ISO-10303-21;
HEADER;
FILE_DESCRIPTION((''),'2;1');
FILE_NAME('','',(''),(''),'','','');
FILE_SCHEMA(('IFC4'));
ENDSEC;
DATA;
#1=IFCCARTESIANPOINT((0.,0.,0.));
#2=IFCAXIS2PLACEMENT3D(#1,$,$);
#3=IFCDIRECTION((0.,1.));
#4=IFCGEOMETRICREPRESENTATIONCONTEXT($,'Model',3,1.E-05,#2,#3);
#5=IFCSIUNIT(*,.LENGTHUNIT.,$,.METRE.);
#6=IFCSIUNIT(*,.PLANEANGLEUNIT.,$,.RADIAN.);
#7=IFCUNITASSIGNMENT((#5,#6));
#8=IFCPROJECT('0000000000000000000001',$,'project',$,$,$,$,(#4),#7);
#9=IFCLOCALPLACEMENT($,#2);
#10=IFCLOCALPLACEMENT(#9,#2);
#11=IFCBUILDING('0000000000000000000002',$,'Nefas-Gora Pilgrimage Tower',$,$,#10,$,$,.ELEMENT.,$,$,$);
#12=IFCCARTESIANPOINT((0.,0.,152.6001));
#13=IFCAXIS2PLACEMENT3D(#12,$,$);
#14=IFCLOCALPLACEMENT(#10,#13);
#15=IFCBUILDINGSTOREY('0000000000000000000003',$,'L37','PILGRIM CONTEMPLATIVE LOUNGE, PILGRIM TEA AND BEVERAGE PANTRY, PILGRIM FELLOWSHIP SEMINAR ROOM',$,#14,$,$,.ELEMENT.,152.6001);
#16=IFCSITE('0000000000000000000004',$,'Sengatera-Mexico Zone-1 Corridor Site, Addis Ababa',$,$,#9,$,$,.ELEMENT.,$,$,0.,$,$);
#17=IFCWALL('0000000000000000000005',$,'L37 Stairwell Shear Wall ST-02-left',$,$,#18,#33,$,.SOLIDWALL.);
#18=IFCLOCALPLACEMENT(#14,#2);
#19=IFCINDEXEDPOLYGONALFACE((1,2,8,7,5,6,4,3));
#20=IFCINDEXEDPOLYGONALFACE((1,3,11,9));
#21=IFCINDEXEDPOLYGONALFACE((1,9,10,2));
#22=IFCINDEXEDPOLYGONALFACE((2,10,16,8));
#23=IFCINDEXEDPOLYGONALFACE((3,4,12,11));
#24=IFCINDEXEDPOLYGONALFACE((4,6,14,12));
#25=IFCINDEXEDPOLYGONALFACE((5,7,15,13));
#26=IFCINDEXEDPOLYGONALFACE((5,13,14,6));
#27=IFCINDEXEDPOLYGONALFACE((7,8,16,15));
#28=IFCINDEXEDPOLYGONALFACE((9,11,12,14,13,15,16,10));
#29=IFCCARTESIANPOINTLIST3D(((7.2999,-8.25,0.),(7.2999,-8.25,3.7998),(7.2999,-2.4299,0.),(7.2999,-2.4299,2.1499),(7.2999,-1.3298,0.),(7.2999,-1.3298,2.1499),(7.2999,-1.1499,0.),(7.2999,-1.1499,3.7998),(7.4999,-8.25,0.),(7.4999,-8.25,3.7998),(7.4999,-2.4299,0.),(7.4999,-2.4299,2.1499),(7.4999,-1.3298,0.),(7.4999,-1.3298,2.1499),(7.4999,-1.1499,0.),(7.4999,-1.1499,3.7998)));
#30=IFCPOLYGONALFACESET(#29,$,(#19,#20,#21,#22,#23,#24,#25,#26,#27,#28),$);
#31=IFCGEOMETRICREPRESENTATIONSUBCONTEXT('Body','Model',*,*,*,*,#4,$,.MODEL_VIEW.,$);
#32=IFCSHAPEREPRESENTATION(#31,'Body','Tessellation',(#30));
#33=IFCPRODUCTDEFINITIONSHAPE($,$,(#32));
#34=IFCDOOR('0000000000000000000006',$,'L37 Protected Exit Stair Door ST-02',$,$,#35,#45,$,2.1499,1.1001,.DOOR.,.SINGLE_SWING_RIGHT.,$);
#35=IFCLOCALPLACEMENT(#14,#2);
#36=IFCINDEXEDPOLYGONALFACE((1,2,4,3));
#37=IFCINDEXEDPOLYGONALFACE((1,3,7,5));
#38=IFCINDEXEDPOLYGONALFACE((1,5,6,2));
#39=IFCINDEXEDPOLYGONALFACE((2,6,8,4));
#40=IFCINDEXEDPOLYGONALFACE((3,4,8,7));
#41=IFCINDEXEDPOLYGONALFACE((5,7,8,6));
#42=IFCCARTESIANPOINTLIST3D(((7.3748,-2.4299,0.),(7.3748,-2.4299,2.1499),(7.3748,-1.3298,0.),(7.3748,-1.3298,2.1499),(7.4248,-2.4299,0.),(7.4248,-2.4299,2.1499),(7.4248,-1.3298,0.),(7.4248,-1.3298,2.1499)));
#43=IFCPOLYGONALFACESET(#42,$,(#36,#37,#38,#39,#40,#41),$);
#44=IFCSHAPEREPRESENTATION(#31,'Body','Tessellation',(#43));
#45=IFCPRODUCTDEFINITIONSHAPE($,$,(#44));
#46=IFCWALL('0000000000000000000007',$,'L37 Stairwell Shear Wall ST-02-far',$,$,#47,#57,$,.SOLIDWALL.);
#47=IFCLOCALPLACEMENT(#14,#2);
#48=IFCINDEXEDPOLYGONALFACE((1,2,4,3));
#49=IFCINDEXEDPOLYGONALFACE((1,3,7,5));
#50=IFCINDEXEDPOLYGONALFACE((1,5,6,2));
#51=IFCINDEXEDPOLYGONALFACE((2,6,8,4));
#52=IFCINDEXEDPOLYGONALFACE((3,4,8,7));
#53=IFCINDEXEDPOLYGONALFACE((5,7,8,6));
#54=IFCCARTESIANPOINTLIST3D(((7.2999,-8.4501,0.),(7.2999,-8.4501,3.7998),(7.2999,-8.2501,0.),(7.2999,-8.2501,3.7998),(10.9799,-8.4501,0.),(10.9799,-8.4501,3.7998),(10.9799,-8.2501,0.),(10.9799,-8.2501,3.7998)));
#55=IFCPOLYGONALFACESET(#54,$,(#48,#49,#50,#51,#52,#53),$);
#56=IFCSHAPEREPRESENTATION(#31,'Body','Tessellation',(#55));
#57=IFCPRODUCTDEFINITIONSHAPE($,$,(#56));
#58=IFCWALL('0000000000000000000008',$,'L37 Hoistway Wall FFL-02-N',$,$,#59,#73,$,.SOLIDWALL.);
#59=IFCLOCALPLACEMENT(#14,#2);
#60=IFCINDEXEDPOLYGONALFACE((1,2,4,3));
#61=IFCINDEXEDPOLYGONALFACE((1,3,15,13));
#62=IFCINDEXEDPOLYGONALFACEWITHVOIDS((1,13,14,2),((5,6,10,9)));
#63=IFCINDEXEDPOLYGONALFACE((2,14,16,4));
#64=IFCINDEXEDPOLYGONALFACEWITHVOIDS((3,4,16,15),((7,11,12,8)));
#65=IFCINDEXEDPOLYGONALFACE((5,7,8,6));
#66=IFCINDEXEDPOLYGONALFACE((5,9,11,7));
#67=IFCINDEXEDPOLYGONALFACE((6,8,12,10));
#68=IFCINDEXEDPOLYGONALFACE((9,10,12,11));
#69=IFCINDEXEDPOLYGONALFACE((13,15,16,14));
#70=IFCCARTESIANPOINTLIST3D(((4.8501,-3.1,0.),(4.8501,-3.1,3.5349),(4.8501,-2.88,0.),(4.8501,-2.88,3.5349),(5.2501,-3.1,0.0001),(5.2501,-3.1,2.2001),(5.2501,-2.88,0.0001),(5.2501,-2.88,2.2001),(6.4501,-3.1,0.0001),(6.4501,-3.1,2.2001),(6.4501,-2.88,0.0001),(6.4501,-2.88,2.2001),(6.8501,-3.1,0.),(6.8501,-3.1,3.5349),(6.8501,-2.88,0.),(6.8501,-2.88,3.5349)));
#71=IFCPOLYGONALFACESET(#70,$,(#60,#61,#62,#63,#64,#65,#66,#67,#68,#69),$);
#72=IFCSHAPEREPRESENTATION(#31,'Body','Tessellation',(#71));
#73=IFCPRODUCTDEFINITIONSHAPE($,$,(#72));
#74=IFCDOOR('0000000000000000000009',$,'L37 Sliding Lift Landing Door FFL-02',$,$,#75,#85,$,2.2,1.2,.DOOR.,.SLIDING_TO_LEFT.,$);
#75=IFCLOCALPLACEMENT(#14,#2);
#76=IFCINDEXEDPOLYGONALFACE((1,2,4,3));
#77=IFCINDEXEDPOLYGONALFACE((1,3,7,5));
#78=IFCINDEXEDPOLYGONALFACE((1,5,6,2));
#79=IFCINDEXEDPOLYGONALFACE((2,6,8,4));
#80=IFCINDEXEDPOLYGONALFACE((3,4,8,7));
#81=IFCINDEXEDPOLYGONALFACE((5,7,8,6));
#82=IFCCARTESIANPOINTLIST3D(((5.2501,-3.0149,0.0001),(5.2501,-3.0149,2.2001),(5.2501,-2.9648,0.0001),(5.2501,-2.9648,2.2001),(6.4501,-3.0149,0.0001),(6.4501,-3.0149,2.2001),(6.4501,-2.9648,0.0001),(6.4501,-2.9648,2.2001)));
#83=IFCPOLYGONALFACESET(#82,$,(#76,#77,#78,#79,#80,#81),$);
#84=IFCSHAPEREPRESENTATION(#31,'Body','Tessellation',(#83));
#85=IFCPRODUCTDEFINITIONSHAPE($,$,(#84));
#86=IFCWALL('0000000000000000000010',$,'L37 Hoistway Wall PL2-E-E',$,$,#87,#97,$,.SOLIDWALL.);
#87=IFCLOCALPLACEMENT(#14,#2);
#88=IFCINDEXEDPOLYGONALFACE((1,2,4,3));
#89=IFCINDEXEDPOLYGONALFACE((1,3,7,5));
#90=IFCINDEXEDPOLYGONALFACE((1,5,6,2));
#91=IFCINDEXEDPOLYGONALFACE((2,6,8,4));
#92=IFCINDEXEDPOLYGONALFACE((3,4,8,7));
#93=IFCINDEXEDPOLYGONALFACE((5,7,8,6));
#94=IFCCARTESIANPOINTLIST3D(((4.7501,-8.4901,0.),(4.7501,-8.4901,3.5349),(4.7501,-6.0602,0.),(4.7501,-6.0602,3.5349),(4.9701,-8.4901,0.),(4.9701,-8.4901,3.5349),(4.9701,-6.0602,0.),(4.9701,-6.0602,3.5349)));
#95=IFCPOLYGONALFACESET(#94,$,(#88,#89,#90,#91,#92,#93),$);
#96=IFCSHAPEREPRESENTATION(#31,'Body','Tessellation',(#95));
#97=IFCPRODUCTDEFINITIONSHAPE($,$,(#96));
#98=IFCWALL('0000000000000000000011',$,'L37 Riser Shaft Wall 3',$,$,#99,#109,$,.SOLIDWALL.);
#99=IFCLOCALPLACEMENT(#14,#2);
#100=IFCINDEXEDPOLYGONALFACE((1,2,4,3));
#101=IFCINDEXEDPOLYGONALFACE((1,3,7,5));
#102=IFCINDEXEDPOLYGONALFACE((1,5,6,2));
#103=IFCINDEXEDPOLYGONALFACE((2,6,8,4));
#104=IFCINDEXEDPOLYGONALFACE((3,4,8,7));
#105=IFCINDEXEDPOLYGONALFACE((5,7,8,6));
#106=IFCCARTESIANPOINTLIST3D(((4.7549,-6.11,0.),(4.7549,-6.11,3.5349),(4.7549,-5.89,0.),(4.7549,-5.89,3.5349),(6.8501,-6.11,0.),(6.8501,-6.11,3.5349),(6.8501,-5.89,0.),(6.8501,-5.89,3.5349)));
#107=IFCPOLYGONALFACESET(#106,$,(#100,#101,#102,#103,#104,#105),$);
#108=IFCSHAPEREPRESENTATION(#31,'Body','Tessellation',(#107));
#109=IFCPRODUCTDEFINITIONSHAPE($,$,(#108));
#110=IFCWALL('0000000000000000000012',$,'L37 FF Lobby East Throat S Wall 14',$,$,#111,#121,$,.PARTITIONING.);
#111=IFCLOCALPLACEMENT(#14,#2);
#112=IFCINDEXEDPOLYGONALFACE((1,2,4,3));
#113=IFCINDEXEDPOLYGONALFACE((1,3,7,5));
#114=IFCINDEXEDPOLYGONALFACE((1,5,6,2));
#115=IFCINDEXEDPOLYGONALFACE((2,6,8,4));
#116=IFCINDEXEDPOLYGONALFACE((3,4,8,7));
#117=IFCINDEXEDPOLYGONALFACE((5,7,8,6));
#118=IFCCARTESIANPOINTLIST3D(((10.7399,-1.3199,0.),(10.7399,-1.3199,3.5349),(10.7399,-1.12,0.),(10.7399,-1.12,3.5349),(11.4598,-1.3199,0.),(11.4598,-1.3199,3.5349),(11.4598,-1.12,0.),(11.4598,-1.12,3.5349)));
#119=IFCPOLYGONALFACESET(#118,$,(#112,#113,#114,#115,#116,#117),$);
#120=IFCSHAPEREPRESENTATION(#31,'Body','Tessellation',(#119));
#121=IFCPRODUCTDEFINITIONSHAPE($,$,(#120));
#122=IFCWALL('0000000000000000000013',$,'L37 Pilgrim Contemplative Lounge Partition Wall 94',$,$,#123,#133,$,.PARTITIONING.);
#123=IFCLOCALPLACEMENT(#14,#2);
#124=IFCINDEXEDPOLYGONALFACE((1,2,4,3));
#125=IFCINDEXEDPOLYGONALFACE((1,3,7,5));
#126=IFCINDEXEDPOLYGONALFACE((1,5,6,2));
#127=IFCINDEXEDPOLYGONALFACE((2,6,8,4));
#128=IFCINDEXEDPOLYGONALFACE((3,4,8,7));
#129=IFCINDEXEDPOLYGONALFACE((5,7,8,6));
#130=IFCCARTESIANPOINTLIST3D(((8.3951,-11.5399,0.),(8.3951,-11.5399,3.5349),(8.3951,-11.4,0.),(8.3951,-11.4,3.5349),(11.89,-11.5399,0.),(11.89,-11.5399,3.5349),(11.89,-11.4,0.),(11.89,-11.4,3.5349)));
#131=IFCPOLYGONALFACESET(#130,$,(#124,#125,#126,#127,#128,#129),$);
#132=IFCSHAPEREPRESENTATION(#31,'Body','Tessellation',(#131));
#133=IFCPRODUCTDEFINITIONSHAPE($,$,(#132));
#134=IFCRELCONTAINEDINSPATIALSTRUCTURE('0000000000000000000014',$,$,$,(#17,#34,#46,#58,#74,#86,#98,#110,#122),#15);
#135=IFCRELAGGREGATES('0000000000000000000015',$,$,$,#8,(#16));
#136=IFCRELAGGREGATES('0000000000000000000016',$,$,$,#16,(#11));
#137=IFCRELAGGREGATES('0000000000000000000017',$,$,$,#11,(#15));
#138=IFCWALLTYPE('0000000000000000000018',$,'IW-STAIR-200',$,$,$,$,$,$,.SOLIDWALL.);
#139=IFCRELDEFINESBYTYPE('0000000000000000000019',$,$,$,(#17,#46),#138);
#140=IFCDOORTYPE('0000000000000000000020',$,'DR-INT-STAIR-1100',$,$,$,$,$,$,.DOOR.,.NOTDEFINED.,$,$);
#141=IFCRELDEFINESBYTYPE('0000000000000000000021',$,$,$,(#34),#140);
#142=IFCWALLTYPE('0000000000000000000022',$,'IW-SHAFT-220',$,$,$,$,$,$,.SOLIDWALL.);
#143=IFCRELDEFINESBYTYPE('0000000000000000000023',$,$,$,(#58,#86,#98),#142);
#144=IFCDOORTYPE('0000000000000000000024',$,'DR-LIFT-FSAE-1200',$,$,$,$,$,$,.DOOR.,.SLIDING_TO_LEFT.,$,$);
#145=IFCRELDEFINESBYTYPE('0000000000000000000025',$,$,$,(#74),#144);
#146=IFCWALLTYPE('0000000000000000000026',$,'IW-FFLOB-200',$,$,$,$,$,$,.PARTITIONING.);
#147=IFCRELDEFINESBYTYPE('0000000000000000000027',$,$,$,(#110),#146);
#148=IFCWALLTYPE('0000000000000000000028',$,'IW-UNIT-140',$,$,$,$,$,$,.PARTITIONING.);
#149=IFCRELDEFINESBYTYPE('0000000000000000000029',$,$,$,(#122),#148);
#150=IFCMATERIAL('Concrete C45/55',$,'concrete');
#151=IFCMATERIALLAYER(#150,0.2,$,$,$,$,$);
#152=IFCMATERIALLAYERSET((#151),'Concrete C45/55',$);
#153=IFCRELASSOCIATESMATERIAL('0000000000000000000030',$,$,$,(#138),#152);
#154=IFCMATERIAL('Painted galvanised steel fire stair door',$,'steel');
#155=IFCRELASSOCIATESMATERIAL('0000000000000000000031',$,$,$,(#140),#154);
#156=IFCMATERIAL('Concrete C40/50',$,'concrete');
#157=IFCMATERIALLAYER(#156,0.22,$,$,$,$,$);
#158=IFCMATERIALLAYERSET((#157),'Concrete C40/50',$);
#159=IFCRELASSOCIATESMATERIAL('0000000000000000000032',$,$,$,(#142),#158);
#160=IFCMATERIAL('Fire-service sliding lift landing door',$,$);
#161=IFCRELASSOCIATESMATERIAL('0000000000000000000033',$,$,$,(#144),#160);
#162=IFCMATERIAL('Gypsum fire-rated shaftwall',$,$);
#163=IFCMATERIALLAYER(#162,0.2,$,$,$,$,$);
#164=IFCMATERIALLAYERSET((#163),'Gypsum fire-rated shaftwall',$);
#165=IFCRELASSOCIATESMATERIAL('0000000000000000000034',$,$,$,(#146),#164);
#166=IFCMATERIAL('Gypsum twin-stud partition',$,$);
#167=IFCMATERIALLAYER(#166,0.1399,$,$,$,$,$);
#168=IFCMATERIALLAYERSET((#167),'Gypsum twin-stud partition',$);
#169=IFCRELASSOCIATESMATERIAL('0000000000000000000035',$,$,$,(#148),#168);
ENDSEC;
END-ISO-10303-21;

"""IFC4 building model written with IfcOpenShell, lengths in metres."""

from ifc_helpers import new_model, si_unit, direction, frame, frame_2d, origin, place, context, subcontext, project, spatial, rectangle, extrude, source, transform, mapped, material, layer, layer_set, type_object, element, fill, save


model = new_model("IFC4")

# Units and contexts
model_context = context("Model", 3, precision=1e-05, world=origin(), true_north=direction((0.0, 1.0)))
body_context = subcontext(model_context, "Body", "Model", "MODEL_VIEW")
ifc_project = project(units=[si_unit("LENGTHUNIT", "METRE"), si_unit("PLANEANGLEUNIT", "RADIAN")], contexts=[model_context])

# Site, building, storey
site_placement = place(None, origin())
site = spatial("IfcSite", under=ifc_project, at=site_placement, Name="Sengatera-Mexico Zone-1 Corridor Site, Addis Ababa", CompositionType="ELEMENT", RefElevation=0.0)
building_placement = place(site_placement, origin())
building = spatial("IfcBuilding", under=site, at=building_placement, Name="Nefas-Gora Pilgrimage Tower", CompositionType="ELEMENT")
storey_placement = place(building_placement, frame((0.0, 0.0, 152.6001)))
storey = spatial("IfcBuildingStorey", under=building, at=storey_placement, Name="L37", Description="PILGRIM CONTEMPLATIVE LOUNGE, PILGRIM TEA AND BEVERAGE PANTRY, PILGRIM FELLOWSHIP SEMINAR ROOM", CompositionType="ELEMENT", Elevation=152.6001)

# Wall, opening, door
ifc_material_1 = material(Name="Concrete C45/55", Category="concrete")
ifc_layer_1 = layer(ifc_material_1, 0.2)
ifc_layer_set_1 = layer_set([ifc_layer_1], Name="Concrete C45/55")
wall_type_1 = type_object("IfcWallType", Name="IW-STAIR-200", PredefinedType="SOLIDWALL", material=ifc_layer_set_1)
shared_shape_1 = source(origin(), body_context, "Body", "SweptSolid", [
    extrude(rectangle(XDim=7.1001, YDim=0.2, at=frame_2d((3.55, 0.0))), origin(), (0.0, 0.0, 1.0), 3.7998),
])
wall_1_placement = place(storey_placement, frame((7.3999, -1.1499, 0.0), z_axis=(0.0, 0.0, 1.0), x_axis=(0.0, -1.0, 0.0)))
wall_1 = element("IfcWall", 1, at=wall_1_placement, inside=storey, type_object=wall_type_1, Name="L37 Stairwell Shear Wall ST-02-left", PredefinedType="SOLIDWALL", context=body_context, shape_type="MappedRepresentation", body=[
    mapped(shared_shape_1, transform((0.0, 0.0, 0.0), x_axis=(1.0, 0.0, 0.0), y_axis=(0.0, 1.0, 0.0), z_axis=(0.0, 0.0, 1.0), scale=1.0)),
])
opening_1_placement = place(wall_1_placement, frame((0.1799, 0.0, 0.0)))
opening_1 = element("IfcOpeningElement", 2, at=opening_1_placement, cuts=wall_1, PredefinedType="OPENING", context=body_context, shape_type="SweptSolid", body=[
    extrude(rectangle(XDim=1.1001, YDim=2.1499, at=frame_2d((0.55, 1.075))), frame((0.0, 0.1099, 0.0), z_axis=(0.0, -1.0, 0.0), x_axis=(1.0, 0.0, 0.0)), (0.0, 0.0, 1.0), 0.22),
])
ifc_material_2 = material(Name="Painted galvanised steel fire stair door", Category="steel")
door_type_1 = type_object("IfcDoorType", Name="DR-INT-STAIR-1100", OperationType="NOTDEFINED", PredefinedType="DOOR", material=ifc_material_2)
shared_shape_2 = source(origin(), body_context, "Body", "SweptSolid", [
    extrude(rectangle(XDim=1.1001, YDim=2.1499, at=frame_2d((0.55, 1.075))), frame((0.0, 0.0249, 0.0), z_axis=(0.0, -1.0, 0.0), x_axis=(1.0, 0.0, 0.0)), (0.0, 0.0, 1.0), 0.05),
])
door_1_placement = place(opening_1_placement, origin())
door_1 = element("IfcDoor", 3, at=door_1_placement, inside=storey, type_object=door_type_1, Name="L37 Protected Exit Stair Door ST-02", OperationType="SINGLE_SWING_RIGHT", OverallHeight=2.1499, OverallWidth=1.1001, PredefinedType="DOOR", context=body_context, shape_type="MappedRepresentation", body=[
    mapped(shared_shape_2, transform((0.0, 0.0, 0.0), x_axis=(1.0, 0.0, 0.0), y_axis=(0.0, 1.0, 0.0), z_axis=(0.0, 0.0, 1.0), scale=1.0)),
])
fill(opening_1, door_1)

# Wall
shared_shape_3 = source(origin(), body_context, "Body", "SweptSolid", [
    extrude(rectangle(XDim=3.6799, YDim=0.2, at=frame_2d((1.8398, 0.0))), origin(), (0.0, 0.0, 1.0), 3.7998),
])
wall_2_placement = place(storey_placement, frame((7.3, -8.3501, 0.0), z_axis=(0.0, 0.0, 1.0), x_axis=(1.0, 0.0, 0.0)))
element("IfcWall", 4, at=wall_2_placement, inside=storey, type_object=wall_type_1, Name="L37 Stairwell Shear Wall ST-02-far", PredefinedType="SOLIDWALL", context=body_context, shape_type="MappedRepresentation", body=[
    mapped(shared_shape_3, transform((0.0, 0.0, 0.0), x_axis=(1.0, 0.0, 0.0), y_axis=(0.0, 1.0, 0.0), z_axis=(0.0, 0.0, 1.0), scale=1.0)),
])

# Wall, opening, door
ifc_material_3 = material(Name="Concrete C40/50", Category="concrete")
ifc_layer_2 = layer(ifc_material_3, 0.22)
ifc_layer_set_2 = layer_set([ifc_layer_2], Name="Concrete C40/50")
wall_type_2 = type_object("IfcWallType", Name="IW-SHAFT-220", PredefinedType="SOLIDWALL", material=ifc_layer_set_2)
shared_shape_4 = source(origin(), body_context, "Body", "SweptSolid", [
    extrude(rectangle(XDim=2.0, YDim=0.22, at=frame_2d((1.0, 0.0))), origin(), (0.0, 0.0, 1.0), 3.5349),
])
wall_3_placement = place(storey_placement, frame((6.8501, -2.99, 0.0), z_axis=(0.0, 0.0, 1.0), x_axis=(-1.0, 0.0, 0.0)))
wall_3 = element("IfcWall", 5, at=wall_3_placement, inside=storey, type_object=wall_type_2, Name="L37 Hoistway Wall FFL-02-N", PredefinedType="SOLIDWALL", context=body_context, shape_type="MappedRepresentation", body=[
    mapped(shared_shape_4, transform((0.0, 0.0, 0.0), x_axis=(1.0, 0.0, 0.0), y_axis=(0.0, 1.0, 0.0), z_axis=(0.0, 0.0, 1.0), scale=1.0)),
])
opening_2_placement = place(wall_3_placement, frame((0.3999, 0.0, 0.0)))
opening_2 = element("IfcOpeningElement", 6, at=opening_2_placement, cuts=wall_3, PredefinedType="OPENING", context=body_context, shape_type="SweptSolid", body=[
    extrude(rectangle(XDim=1.2, YDim=2.2, at=frame_2d((0.6001, 1.1001))), frame((0.0, 0.1199, 0.0), z_axis=(0.0, -1.0, 0.0), x_axis=(1.0, 0.0, 0.0)), (0.0, 0.0, 1.0), 0.24),
])
ifc_material_4 = material(Name="Fire-service sliding lift landing door")
door_type_2 = type_object("IfcDoorType", Name="DR-LIFT-FSAE-1200", OperationType="SLIDING_TO_LEFT", PredefinedType="DOOR", material=ifc_material_4)
shared_shape_5 = source(origin(), body_context, "Body", "SweptSolid", [
    extrude(rectangle(XDim=1.2, YDim=2.2, at=frame_2d((0.6001, 1.1001))), frame((0.0, 0.0249, 0.0), z_axis=(0.0, -1.0, 0.0), x_axis=(1.0, 0.0, 0.0)), (0.0, 0.0, 1.0), 0.05),
])
door_2_placement = place(opening_2_placement, origin())
door_2 = element("IfcDoor", 7, at=door_2_placement, inside=storey, type_object=door_type_2, Name="L37 Sliding Lift Landing Door FFL-02", OperationType="SLIDING_TO_LEFT", OverallHeight=2.2, OverallWidth=1.2, PredefinedType="DOOR", context=body_context, shape_type="MappedRepresentation", body=[
    mapped(shared_shape_5, transform((0.0, 0.0, 0.0), x_axis=(1.0, 0.0, 0.0), y_axis=(0.0, 1.0, 0.0), z_axis=(0.0, 0.0, 1.0), scale=1.0)),
])
fill(opening_2, door_2)

# Walls
shared_shape_6 = source(origin(), body_context, "Body", "SweptSolid", [
    extrude(rectangle(XDim=2.4299, YDim=0.22, at=frame_2d((1.2148, 0.0))), origin(), (0.0, 0.0, 1.0), 3.5349),
])
wall_4_placement = place(storey_placement, frame((4.8601, -8.49, 0.0), z_axis=(0.0, 0.0, 1.0), x_axis=(0.0, 1.0, 0.0)))
element("IfcWall", 8, at=wall_4_placement, inside=storey, type_object=wall_type_2, Name="L37 Hoistway Wall PL2-E-E", PredefinedType="SOLIDWALL", context=body_context, shape_type="MappedRepresentation", body=[
    mapped(shared_shape_6, transform((0.0, 0.0, 0.0), x_axis=(1.0, 0.0, 0.0), y_axis=(0.0, 1.0, 0.0), z_axis=(0.0, 0.0, 1.0), scale=1.0)),
])
shared_shape_7 = source(origin(), body_context, "Body", "SweptSolid", [
    extrude(rectangle(XDim=2.0952, YDim=0.22, at=frame_2d((1.0476, 0.0))), origin(), (0.0, 0.0, 1.0), 3.5349),
])
wall_5_placement = place(storey_placement, frame((4.7549, -6.0, 0.0), z_axis=(0.0, 0.0, 1.0), x_axis=(1.0, 0.0, 0.0)))
element("IfcWall", 9, at=wall_5_placement, inside=storey, type_object=wall_type_2, Name="L37 Riser Shaft Wall 3", PredefinedType="SOLIDWALL", context=body_context, shape_type="MappedRepresentation", body=[
    mapped(shared_shape_7, transform((0.0, 0.0, 0.0), x_axis=(1.0, 0.0, 0.0), y_axis=(0.0, 1.0, 0.0), z_axis=(0.0, 0.0, 1.0), scale=1.0)),
])
ifc_material_5 = material(Name="Gypsum fire-rated shaftwall")
ifc_layer_3 = layer(ifc_material_5, 0.2)
ifc_layer_set_3 = layer_set([ifc_layer_3], Name="Gypsum fire-rated shaftwall")
wall_type_3 = type_object("IfcWallType", Name="IW-FFLOB-200", PredefinedType="PARTITIONING", material=ifc_layer_set_3)
shared_shape_8 = source(origin(), body_context, "Body", "SweptSolid", [
    extrude(rectangle(XDim=0.72, YDim=0.2, at=frame_2d((0.3599, 0.0))), origin(), (0.0, 0.0, 1.0), 3.5349),
])
wall_6_placement = place(storey_placement, frame((10.74, -1.22, 0.0), z_axis=(0.0, 0.0, 1.0), x_axis=(1.0, 0.0, 0.0)))
element("IfcWall", 10, at=wall_6_placement, inside=storey, type_object=wall_type_3, Name="L37 FF Lobby East Throat S Wall 14", PredefinedType="PARTITIONING", context=body_context, shape_type="MappedRepresentation", body=[
    mapped(shared_shape_8, transform((0.0, 0.0, 0.0), x_axis=(1.0, 0.0, 0.0), y_axis=(0.0, 1.0, 0.0), z_axis=(0.0, 0.0, 1.0), scale=1.0)),
])
ifc_material_6 = material(Name="Gypsum twin-stud partition")
ifc_layer_4 = layer(ifc_material_6, 0.1399)
ifc_layer_set_4 = layer_set([ifc_layer_4], Name="Gypsum twin-stud partition")
wall_type_4 = type_object("IfcWallType", Name="IW-UNIT-140", PredefinedType="PARTITIONING", material=ifc_layer_set_4)
shared_shape_9 = source(origin(), body_context, "Body", "SweptSolid", [
    extrude(rectangle(XDim=3.4949, YDim=0.1399, at=frame_2d((1.7476, 0.0))), origin(), (0.0, 0.0, 1.0), 3.5349),
])
wall_7_placement = place(storey_placement, frame((8.395, -11.47, 0.0), z_axis=(0.0, 0.0, 1.0), x_axis=(1.0, 0.0, 0.0)))
element("IfcWall", 11, at=wall_7_placement, inside=storey, type_object=wall_type_4, Name="L37 Pilgrim Contemplative Lounge Partition Wall 94", PredefinedType="PARTITIONING", context=body_context, shape_type="MappedRepresentation", body=[
    mapped(shared_shape_9, transform((0.0, 0.0, 0.0), x_axis=(1.0, 0.0, 0.0), y_axis=(0.0, 1.0, 0.0), z_axis=(0.0, 0.0, 1.0), scale=1.0)),
])

save(model, "model.ifc")
